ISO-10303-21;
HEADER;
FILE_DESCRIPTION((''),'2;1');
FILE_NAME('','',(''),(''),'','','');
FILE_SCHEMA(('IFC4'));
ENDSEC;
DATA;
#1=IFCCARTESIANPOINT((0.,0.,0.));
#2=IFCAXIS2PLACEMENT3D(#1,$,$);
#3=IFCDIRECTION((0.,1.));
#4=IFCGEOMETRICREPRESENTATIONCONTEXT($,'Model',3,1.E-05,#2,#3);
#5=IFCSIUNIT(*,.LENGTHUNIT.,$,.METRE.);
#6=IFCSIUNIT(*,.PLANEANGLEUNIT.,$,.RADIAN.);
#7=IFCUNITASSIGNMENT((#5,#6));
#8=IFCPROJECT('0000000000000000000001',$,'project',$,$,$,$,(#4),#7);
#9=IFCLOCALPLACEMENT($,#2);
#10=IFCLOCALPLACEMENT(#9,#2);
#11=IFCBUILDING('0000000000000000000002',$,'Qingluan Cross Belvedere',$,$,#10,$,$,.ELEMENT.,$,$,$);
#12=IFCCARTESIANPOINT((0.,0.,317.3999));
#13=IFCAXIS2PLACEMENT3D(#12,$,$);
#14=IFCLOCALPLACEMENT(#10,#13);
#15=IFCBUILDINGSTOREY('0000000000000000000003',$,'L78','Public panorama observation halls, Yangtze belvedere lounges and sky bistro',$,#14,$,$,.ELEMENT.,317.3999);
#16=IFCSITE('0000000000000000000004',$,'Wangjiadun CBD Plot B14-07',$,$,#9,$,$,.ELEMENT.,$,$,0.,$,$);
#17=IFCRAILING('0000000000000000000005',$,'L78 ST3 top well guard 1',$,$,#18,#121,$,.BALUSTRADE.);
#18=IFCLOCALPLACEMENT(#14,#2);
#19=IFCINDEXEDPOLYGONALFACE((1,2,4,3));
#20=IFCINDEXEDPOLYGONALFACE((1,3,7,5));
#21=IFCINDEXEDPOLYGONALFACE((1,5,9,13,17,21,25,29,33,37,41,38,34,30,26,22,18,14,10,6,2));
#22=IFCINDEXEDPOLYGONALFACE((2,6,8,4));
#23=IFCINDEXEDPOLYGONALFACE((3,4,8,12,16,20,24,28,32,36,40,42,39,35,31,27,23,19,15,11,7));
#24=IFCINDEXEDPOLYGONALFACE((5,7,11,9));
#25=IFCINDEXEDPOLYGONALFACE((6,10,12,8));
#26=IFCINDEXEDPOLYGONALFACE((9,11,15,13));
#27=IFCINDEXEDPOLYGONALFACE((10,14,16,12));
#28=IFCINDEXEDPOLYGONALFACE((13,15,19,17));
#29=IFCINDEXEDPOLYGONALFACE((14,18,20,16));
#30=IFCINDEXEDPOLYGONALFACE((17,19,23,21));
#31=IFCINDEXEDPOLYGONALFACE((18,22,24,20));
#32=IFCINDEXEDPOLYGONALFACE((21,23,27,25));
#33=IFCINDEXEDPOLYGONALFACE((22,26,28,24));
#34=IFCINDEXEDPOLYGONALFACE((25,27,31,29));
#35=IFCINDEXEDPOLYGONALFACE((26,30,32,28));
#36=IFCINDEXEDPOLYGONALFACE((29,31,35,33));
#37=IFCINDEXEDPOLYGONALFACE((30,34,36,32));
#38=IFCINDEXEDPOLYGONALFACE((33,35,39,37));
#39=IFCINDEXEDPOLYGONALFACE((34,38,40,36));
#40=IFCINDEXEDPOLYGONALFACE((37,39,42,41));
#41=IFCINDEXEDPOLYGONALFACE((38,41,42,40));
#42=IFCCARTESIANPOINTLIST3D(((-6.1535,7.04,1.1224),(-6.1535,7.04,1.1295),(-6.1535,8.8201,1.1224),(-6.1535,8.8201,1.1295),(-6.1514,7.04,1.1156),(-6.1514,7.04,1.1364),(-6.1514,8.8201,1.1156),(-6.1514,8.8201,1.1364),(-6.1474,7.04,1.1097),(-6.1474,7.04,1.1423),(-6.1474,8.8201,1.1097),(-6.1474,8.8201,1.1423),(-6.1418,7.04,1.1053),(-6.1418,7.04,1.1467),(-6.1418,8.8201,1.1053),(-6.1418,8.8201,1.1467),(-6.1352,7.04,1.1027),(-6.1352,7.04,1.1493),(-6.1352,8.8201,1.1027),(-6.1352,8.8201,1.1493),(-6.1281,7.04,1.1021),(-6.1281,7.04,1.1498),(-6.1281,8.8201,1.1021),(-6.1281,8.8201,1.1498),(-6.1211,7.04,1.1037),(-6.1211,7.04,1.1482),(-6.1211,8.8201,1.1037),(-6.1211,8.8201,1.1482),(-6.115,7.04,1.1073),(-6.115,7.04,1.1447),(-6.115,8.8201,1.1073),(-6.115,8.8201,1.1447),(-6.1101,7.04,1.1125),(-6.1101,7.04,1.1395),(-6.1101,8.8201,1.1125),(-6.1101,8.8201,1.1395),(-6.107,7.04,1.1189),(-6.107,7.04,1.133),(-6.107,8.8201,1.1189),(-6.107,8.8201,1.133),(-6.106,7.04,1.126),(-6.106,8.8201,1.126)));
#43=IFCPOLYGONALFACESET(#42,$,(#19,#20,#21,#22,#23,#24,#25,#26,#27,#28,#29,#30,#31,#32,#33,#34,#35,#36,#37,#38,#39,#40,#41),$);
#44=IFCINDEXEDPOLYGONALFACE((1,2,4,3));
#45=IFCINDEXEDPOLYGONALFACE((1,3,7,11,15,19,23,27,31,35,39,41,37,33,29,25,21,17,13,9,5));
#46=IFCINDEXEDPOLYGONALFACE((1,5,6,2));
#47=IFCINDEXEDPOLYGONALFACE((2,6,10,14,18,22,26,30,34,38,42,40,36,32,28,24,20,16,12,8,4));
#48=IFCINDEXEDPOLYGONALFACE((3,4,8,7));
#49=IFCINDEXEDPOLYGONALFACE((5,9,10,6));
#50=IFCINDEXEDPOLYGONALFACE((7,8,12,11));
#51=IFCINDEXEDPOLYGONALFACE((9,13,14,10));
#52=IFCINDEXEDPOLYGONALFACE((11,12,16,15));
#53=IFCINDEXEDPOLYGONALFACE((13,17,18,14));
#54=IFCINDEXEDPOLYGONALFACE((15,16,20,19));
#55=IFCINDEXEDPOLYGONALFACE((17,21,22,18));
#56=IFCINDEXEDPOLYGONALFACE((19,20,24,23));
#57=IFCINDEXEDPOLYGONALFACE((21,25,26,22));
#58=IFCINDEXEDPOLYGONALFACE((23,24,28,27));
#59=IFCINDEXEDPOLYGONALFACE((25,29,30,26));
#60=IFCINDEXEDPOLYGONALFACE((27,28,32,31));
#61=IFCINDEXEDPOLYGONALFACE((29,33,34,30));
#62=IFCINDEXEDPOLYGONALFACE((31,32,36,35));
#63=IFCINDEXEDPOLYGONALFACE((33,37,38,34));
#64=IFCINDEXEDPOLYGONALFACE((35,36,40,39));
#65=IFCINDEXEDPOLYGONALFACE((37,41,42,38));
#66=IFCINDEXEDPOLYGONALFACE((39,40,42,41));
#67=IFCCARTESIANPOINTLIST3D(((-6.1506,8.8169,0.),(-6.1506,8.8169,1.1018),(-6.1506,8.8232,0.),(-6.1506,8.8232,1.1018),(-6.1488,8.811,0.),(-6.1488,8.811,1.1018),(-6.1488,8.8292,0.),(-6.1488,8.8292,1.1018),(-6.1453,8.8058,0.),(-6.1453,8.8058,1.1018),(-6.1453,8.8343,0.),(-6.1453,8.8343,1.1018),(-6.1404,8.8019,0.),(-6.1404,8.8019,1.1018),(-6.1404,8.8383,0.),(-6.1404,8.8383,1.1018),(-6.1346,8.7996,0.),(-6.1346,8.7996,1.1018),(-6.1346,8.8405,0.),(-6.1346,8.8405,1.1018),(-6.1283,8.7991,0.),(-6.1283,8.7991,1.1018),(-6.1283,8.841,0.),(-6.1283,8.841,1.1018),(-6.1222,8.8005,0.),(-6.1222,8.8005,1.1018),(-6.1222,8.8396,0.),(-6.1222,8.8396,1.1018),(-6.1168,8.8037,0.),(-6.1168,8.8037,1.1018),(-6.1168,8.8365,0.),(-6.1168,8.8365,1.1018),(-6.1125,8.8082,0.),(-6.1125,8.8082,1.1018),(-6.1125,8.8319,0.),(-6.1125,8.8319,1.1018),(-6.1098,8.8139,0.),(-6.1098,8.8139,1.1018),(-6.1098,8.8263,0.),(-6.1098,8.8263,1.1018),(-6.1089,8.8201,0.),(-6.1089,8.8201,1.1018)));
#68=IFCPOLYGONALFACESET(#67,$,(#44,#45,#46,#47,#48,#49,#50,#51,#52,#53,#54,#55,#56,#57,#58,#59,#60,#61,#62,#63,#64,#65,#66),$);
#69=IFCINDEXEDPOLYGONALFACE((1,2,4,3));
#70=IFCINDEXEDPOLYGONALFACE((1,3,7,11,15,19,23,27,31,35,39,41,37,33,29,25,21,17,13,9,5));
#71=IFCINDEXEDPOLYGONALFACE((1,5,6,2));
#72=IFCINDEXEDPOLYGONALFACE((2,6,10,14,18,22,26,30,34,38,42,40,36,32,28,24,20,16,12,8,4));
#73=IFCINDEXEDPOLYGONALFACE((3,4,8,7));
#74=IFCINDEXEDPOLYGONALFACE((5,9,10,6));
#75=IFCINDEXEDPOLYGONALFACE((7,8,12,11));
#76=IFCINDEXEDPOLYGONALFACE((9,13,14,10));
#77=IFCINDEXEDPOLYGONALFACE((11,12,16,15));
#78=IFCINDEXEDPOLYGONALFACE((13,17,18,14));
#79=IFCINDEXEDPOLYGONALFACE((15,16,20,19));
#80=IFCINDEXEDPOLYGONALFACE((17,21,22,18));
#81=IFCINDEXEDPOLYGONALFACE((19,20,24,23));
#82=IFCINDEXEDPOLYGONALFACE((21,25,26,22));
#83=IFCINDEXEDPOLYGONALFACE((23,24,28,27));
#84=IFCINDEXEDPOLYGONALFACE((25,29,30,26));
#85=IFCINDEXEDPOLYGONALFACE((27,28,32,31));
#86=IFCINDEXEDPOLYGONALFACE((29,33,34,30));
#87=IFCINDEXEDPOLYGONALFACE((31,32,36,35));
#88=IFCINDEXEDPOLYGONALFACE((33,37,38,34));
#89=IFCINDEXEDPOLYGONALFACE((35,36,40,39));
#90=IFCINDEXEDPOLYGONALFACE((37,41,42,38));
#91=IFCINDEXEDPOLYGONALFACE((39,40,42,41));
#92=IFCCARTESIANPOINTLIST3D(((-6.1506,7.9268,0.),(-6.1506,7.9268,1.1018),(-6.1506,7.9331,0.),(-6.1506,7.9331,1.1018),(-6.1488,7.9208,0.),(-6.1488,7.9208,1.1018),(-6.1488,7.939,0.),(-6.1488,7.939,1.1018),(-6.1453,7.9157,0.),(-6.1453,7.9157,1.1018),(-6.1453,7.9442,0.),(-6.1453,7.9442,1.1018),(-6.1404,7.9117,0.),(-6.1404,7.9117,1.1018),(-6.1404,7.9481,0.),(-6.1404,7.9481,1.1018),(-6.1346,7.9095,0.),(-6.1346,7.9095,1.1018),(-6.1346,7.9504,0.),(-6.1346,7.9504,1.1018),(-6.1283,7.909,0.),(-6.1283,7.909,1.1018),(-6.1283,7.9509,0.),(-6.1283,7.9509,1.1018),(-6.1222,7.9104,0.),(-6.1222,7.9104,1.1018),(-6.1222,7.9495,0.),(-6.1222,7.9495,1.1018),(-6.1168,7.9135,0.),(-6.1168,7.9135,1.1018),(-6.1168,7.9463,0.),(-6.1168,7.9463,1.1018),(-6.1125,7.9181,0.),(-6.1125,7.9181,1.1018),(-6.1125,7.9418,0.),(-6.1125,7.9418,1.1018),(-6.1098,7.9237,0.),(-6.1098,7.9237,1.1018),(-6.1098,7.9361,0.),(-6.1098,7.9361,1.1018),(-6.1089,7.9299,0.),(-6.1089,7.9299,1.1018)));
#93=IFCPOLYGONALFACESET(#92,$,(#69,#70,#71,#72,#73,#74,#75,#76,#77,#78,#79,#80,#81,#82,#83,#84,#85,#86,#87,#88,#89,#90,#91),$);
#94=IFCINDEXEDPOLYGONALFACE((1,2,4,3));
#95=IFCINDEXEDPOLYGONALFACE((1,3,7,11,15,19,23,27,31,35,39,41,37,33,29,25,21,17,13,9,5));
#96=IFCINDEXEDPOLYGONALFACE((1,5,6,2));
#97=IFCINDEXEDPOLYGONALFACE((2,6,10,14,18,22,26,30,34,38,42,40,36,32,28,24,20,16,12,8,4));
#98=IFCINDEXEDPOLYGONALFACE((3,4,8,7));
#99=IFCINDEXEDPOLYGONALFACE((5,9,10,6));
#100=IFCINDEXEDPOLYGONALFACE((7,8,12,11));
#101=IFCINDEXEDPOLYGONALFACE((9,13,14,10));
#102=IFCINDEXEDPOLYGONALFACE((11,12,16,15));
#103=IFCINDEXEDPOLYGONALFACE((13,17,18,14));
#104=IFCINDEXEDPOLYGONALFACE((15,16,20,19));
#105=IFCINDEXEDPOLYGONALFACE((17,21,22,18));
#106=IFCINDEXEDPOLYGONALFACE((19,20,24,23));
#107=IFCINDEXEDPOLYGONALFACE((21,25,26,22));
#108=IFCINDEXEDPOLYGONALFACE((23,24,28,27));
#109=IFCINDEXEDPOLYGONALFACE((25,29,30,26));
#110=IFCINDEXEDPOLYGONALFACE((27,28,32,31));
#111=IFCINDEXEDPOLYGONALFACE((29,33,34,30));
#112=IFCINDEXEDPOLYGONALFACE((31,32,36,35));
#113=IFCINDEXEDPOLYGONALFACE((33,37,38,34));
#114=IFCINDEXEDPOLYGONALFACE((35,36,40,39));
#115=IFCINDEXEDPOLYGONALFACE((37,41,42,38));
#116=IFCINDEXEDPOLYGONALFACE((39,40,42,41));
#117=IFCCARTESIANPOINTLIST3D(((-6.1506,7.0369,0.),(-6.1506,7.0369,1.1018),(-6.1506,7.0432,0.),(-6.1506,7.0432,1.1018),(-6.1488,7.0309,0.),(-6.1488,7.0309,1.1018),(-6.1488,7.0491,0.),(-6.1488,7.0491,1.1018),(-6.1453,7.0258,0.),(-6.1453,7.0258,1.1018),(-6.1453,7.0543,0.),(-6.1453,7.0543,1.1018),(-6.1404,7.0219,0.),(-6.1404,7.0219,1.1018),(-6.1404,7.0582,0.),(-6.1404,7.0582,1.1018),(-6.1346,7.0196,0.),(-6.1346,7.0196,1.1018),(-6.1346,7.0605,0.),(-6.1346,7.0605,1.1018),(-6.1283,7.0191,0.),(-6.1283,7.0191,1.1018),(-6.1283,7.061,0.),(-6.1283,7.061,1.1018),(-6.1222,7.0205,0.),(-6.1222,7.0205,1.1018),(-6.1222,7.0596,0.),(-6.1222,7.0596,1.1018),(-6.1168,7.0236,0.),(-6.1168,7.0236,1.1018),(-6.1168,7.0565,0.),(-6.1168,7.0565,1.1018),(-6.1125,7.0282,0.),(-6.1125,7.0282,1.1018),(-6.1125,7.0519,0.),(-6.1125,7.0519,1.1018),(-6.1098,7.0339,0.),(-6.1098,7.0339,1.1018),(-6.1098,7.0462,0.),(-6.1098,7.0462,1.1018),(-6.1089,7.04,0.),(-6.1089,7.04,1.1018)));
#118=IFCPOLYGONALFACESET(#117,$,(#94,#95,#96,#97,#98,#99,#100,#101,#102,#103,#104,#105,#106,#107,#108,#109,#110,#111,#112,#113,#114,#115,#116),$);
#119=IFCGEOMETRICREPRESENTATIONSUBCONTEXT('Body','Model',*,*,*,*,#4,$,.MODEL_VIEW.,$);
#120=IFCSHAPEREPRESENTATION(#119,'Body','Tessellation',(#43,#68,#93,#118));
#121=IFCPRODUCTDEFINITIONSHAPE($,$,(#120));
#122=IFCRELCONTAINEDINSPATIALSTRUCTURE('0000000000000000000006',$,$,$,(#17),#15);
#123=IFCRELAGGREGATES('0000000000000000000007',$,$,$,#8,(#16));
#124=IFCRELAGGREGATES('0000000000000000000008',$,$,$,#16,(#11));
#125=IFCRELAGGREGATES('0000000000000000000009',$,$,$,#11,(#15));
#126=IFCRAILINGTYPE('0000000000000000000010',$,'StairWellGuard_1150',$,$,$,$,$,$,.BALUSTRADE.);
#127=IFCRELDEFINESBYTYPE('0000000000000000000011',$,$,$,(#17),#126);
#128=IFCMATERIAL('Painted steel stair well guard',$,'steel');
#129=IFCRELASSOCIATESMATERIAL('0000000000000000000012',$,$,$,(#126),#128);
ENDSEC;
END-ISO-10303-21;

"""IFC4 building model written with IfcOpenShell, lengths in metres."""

from ifc_helpers import new_model, si_unit, direction, frame, origin, origin_2d, place, context, subcontext, project, spatial, circle, extrude, material, type_object, element, save


model = new_model("IFC4")

# Units and contexts
model_context = context("Model", 3, precision=1e-05, world=origin(), true_north=direction((0.0, 1.0)))
body_context = subcontext(model_context, "Body", "Model", "MODEL_VIEW")
ifc_project = project(units=[si_unit("LENGTHUNIT", "METRE"), si_unit("PLANEANGLEUNIT", "RADIAN")], contexts=[model_context])

# Site, building, storey
site_placement = place(None, origin())
site = spatial("IfcSite", under=ifc_project, at=site_placement, Name="Wangjiadun CBD Plot B14-07", CompositionType="ELEMENT", RefElevation=0.0)
building_placement = place(site_placement, origin())
building = spatial("IfcBuilding", under=site, at=building_placement, Name="Qingluan Cross Belvedere", CompositionType="ELEMENT")
storey_placement = place(building_placement, frame((0.0, 0.0, 317.3999)))
storey = spatial("IfcBuildingStorey", under=building, at=storey_placement, Name="L78", Description="Public panorama observation halls, Yangtze belvedere lounges and sky bistro", CompositionType="ELEMENT", Elevation=317.3999)

# Railing
ifc_material_1 = material(Name="Painted steel stair well guard", Category="steel")
railing_type = type_object("IfcRailingType", Name="StairWellGuard_1150", PredefinedType="BALUSTRADE", material=ifc_material_1)
railing_placement = place(storey_placement, frame((-6.1299, 8.8201, 0.0)))
element("IfcRailing", 1, at=railing_placement, inside=storey, type_object=railing_type, Name="L78 ST3 top well guard 1", PredefinedType="BALUSTRADE", context=body_context, shape_type="SweptSolid", body=[
    extrude(circle(Radius=0.0239, at=origin_2d()), frame((0.0, 0.0, 1.126), z_axis=(0.0, -1.0, 0.0), x_axis=(1.0, 0.0, 0.0)), (0.0, 0.0, 1.0), 1.78),
    extrude(circle(Radius=0.021, at=origin_2d()), origin(), (0.0, 0.0, 1.0), 1.1018),
    extrude(circle(Radius=0.021, at=origin_2d()), frame((0.0, -0.8901, 0.0)), (0.0, 0.0, 1.0), 1.1018),
    extrude(circle(Radius=0.021, at=origin_2d()), frame((0.0, -1.78, 0.0)), (0.0, 0.0, 1.0), 1.1018),
])

save(model, "model.ifc")
